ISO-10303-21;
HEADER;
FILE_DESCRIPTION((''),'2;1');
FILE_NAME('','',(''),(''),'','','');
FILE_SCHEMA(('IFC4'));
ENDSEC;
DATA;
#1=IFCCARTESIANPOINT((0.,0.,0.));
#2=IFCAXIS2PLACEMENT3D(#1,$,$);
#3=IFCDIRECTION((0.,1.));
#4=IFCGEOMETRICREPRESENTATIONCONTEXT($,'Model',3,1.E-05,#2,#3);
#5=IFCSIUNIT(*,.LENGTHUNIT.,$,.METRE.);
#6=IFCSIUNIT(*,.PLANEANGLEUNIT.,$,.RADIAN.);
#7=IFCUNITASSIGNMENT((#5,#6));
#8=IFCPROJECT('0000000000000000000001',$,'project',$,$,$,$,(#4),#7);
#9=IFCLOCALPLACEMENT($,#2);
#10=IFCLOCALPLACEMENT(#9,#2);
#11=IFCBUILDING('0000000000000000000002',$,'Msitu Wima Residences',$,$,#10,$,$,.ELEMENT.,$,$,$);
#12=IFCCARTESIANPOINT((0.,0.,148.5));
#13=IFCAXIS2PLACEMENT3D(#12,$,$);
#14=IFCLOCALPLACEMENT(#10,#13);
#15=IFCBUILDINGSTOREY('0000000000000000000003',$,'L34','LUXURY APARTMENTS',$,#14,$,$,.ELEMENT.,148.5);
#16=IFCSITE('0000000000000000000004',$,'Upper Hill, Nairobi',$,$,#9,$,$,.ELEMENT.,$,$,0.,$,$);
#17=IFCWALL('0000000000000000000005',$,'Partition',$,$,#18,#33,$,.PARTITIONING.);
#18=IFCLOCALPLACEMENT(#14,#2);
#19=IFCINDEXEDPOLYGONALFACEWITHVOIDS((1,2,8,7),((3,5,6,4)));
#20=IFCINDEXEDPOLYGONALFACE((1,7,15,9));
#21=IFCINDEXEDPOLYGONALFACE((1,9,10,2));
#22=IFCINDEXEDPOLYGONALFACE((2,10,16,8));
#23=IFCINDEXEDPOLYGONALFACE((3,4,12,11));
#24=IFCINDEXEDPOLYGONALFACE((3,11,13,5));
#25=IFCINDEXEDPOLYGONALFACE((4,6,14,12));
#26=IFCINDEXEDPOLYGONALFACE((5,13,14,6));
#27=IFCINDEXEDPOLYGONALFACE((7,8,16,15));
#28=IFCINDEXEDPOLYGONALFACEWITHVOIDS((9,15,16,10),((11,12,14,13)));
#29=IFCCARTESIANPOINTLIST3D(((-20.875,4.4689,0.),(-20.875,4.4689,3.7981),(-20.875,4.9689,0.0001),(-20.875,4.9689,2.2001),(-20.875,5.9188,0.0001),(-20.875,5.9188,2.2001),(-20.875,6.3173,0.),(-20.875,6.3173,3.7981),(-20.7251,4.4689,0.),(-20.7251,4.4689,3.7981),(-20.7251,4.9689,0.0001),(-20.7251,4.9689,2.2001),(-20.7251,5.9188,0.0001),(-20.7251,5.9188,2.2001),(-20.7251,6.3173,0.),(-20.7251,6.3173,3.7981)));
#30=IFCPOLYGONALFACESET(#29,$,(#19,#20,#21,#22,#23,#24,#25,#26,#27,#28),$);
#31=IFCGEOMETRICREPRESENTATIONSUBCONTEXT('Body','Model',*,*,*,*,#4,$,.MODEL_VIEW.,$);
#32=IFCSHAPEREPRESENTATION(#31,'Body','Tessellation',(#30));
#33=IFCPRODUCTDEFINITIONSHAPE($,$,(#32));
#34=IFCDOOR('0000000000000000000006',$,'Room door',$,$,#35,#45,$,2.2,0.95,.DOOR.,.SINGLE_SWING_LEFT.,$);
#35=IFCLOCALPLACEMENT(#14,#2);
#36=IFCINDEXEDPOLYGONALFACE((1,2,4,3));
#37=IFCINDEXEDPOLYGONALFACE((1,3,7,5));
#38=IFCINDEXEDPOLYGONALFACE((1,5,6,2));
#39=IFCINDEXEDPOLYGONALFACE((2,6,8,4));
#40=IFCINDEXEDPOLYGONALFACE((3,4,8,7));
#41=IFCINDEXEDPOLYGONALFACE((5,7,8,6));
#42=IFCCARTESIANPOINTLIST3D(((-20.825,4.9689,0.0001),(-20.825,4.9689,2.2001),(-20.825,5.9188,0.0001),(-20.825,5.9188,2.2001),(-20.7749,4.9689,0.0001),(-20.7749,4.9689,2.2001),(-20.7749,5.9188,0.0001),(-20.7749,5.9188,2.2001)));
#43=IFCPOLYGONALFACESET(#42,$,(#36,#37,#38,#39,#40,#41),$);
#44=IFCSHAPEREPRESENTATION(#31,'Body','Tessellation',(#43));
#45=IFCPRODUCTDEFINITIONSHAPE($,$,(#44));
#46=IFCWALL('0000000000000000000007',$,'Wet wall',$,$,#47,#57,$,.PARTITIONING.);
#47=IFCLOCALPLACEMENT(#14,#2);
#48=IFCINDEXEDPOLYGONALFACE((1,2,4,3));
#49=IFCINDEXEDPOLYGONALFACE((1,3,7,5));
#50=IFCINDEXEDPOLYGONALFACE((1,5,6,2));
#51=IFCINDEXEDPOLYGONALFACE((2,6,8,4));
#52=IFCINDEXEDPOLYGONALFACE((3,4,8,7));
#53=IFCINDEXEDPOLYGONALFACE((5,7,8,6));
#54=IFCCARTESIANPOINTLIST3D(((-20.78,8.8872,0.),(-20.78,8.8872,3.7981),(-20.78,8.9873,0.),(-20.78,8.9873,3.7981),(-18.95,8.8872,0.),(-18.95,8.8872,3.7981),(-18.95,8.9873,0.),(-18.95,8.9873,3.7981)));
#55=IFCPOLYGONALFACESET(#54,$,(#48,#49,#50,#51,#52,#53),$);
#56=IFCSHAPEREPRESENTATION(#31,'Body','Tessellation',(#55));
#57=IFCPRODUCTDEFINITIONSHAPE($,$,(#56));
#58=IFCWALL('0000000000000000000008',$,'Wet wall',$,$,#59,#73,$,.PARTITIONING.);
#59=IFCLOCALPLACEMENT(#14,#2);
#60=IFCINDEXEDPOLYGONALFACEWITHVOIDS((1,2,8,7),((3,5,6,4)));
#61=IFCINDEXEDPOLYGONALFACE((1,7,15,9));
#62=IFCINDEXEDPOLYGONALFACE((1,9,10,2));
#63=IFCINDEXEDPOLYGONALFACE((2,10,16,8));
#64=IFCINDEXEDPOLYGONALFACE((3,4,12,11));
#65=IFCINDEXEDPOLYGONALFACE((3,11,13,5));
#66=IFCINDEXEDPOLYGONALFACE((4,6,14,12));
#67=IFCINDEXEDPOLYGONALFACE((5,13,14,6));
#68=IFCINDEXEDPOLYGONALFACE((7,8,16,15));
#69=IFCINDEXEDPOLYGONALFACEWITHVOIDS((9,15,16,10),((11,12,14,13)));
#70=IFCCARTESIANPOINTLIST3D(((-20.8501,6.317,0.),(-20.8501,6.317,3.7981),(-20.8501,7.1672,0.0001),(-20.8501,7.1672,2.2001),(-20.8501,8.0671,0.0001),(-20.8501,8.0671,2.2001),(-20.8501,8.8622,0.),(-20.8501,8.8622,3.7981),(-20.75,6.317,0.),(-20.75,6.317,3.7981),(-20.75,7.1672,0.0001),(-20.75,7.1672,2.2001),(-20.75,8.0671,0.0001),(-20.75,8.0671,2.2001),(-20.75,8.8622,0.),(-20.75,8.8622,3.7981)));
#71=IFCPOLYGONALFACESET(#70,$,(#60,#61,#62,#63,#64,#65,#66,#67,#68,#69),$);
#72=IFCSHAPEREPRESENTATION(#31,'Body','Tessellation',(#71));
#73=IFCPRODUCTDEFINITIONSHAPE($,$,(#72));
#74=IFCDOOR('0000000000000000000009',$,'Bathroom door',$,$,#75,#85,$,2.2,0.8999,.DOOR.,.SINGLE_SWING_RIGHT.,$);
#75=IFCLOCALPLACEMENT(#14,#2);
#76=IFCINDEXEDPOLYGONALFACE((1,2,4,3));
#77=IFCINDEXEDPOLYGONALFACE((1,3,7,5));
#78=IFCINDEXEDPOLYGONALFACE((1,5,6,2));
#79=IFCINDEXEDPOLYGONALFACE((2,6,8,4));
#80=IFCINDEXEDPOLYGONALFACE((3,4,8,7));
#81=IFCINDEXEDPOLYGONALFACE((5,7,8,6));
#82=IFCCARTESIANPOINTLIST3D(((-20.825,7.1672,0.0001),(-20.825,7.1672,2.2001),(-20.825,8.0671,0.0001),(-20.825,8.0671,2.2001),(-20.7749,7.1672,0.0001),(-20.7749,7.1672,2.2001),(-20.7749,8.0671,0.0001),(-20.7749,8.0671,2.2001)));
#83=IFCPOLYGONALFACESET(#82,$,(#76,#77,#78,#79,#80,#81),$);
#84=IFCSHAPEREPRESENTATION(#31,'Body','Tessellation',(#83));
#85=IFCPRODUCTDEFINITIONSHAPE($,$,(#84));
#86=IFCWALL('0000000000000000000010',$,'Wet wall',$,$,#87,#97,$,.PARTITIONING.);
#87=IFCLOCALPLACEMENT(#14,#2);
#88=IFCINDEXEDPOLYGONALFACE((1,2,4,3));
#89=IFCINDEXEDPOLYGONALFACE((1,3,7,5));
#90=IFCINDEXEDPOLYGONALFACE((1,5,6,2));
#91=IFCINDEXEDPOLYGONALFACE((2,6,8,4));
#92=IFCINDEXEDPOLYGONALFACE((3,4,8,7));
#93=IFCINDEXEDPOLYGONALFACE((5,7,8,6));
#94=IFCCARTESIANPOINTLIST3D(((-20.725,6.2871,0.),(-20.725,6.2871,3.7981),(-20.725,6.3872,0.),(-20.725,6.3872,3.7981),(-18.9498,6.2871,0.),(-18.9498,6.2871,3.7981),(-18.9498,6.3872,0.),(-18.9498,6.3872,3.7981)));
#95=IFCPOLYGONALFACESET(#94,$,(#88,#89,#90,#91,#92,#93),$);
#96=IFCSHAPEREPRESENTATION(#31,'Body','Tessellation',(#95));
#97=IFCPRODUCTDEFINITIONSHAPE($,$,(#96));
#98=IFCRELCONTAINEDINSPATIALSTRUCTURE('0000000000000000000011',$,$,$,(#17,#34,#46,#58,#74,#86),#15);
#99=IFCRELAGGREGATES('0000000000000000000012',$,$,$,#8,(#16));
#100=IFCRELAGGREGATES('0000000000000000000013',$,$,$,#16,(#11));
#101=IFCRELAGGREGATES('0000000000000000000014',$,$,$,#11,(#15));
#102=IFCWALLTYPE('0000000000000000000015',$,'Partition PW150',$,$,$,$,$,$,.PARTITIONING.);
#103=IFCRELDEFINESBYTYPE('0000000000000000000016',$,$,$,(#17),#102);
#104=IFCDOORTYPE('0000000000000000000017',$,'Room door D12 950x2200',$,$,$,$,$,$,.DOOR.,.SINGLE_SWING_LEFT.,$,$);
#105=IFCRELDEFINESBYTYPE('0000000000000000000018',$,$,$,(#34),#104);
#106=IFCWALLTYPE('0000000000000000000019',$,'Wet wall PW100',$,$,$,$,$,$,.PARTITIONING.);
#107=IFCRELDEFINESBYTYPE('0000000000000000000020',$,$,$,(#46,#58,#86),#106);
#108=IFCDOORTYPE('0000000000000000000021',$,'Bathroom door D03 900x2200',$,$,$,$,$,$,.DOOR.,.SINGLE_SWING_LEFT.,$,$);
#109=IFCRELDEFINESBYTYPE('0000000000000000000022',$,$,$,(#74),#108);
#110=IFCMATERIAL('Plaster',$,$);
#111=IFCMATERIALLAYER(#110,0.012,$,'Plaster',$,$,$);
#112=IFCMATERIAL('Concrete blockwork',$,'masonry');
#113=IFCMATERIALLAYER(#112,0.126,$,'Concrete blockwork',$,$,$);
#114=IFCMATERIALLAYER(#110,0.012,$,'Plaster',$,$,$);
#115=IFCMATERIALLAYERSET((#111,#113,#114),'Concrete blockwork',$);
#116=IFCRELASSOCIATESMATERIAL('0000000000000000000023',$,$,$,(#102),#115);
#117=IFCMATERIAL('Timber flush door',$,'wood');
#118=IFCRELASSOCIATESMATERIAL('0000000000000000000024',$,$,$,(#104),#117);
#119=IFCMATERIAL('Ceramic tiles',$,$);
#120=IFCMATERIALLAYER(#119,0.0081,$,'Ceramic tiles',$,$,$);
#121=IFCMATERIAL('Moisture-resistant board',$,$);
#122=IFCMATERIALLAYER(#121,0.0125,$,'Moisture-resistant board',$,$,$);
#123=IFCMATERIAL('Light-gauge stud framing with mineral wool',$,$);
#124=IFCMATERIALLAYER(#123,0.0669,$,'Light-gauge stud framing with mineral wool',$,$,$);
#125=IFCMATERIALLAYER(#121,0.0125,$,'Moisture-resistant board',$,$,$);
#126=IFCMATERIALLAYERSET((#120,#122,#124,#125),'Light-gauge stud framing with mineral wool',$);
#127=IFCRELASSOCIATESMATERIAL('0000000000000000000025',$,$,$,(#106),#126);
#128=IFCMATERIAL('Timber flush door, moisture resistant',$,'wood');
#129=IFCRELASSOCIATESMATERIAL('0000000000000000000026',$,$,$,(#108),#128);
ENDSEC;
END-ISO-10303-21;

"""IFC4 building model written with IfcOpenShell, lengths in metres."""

from ifc_helpers import new_model, si_unit, direction, frame, frame_2d, origin, place, context, subcontext, project, spatial, rectangle, extrude, material, layer, layer_set, type_object, element, fill, save


model = new_model("IFC4")

# Units and contexts
model_context = context("Model", 3, precision=1e-05, world=origin(), true_north=direction((0.0, 1.0)))
body_context = subcontext(model_context, "Body", "Model", "MODEL_VIEW")
ifc_project = project(units=[si_unit("LENGTHUNIT", "METRE"), si_unit("PLANEANGLEUNIT", "RADIAN")], contexts=[model_context])

# Site, building, storey
site_placement = place(None, origin())
site = spatial("IfcSite", under=ifc_project, at=site_placement, Name="Upper Hill, Nairobi", CompositionType="ELEMENT", RefElevation=0.0)
building_placement = place(site_placement, origin())
building = spatial("IfcBuilding", under=site, at=building_placement, Name="Msitu Wima Residences", CompositionType="ELEMENT")
storey_placement = place(building_placement, frame((0.0, 0.0, 148.5)))
storey = spatial("IfcBuildingStorey", under=building, at=storey_placement, Name="L34", Description="LUXURY APARTMENTS", CompositionType="ELEMENT", Elevation=148.5)

# Shared definitions
ifc_material_1 = material(Name="Plaster")
ifc_layer_1 = layer(ifc_material_1, 0.012, Name="Plaster")
ifc_material_2 = material(Name="Concrete blockwork", Category="masonry")
ifc_layer_2 = layer(ifc_material_2, 0.126, Name="Concrete blockwork")
ifc_layer_3 = layer(ifc_material_1, 0.012, Name="Plaster")
ifc_layer_set_1 = layer_set([ifc_layer_1, ifc_layer_2, ifc_layer_3], Name="Concrete blockwork")
wall_type_1 = type_object("IfcWallType", Name="Partition PW150", PredefinedType="PARTITIONING", material=ifc_layer_set_1)

# Shared definitions
ifc_material_3 = material(Name="Timber flush door", Category="wood")
door_type_1 = type_object("IfcDoorType", Name="Room door D12 950x2200", OperationType="SINGLE_SWING_LEFT", PredefinedType="DOOR", material=ifc_material_3)

# Wall, opening, door
wall_1_placement = place(storey_placement, frame((-20.8, 4.4688, 0.0), z_axis=(0.0, 0.0, 1.0), x_axis=(0.0, 1.0, 0.0)))
wall_1 = element("IfcWall", 1, at=wall_1_placement, inside=storey, type_object=wall_type_1, Name="Partition", PredefinedType="PARTITIONING", context=body_context, shape_type="SweptSolid", body=[
    extrude(rectangle(XDim=1.8484, YDim=0.1499, at=frame_2d((0.9243, 0.0))), origin(), (0.0, 0.0, 1.0), 3.7981),
])
opening_1_placement = place(wall_1_placement, frame((0.5, 0.0, 0.0)))
opening_1 = element("IfcOpeningElement", 2, at=opening_1_placement, cuts=wall_1, PredefinedType="OPENING", context=body_context, shape_type="SweptSolid", body=[
    extrude(rectangle(XDim=0.95, YDim=2.2, at=frame_2d((0.4751, 1.1001))), frame((0.0, 0.085, 0.0), z_axis=(0.0, -1.0, 0.0), x_axis=(1.0, 0.0, 0.0)), (0.0, 0.0, 1.0), 0.1699),
])
door_1_placement = place(opening_1_placement, origin())
door_1 = element("IfcDoor", 3, at=door_1_placement, inside=storey, type_object=door_type_1, Name="Room door", OperationType="SINGLE_SWING_LEFT", OverallHeight=2.2, OverallWidth=0.95, PredefinedType="DOOR", context=body_context, shape_type="SweptSolid", body=[
    extrude(rectangle(XDim=0.95, YDim=2.2, at=frame_2d((0.4751, 1.1001))), frame((0.0, 0.0249, 0.0), z_axis=(0.0, -1.0, 0.0), x_axis=(1.0, 0.0, 0.0)), (0.0, 0.0, 1.0), 0.05),
])
fill(opening_1, door_1)

# Wall
ifc_material_4 = material(Name="Ceramic tiles")
ifc_layer_4 = layer(ifc_material_4, 0.0081, Name="Ceramic tiles")
ifc_material_5 = material(Name="Moisture-resistant board")
ifc_layer_5 = layer(ifc_material_5, 0.0125, Name="Moisture-resistant board")
ifc_material_6 = material(Name="Light-gauge stud framing with mineral wool")
ifc_layer_6 = layer(ifc_material_6, 0.0669, Name="Light-gauge stud framing with mineral wool")
ifc_layer_7 = layer(ifc_material_5, 0.0125, Name="Moisture-resistant board")
ifc_layer_set_2 = layer_set([ifc_layer_4, ifc_layer_5, ifc_layer_6, ifc_layer_7], Name="Light-gauge stud framing with mineral wool")
wall_type_2 = type_object("IfcWallType", Name="Wet wall PW100", PredefinedType="PARTITIONING", material=ifc_layer_set_2)
wall_2_placement = place(storey_placement, frame((-20.78, 8.9373, 0.0), z_axis=(0.0, 0.0, 1.0), x_axis=(1.0, 0.0, 0.0)))
element("IfcWall", 4, at=wall_2_placement, inside=storey, type_object=wall_type_2, Name="Wet wall", PredefinedType="PARTITIONING", context=body_context, shape_type="SweptSolid", body=[
    extrude(rectangle(XDim=1.8301, YDim=0.1001, at=frame_2d((0.915, 0.0))), origin(), (0.0, 0.0, 1.0), 3.7981),
])

# Wall, opening, door
wall_3_placement = place(storey_placement, frame((-20.8, 6.3171, 0.0), z_axis=(0.0, 0.0, 1.0), x_axis=(0.0, 1.0, 0.0)))
wall_3 = element("IfcWall", 5, at=wall_3_placement, inside=storey, type_object=wall_type_2, Name="Wet wall", PredefinedType="PARTITIONING", context=body_context, shape_type="SweptSolid", body=[
    extrude(rectangle(XDim=2.5452, YDim=0.1001, at=frame_2d((1.2725, 0.0))), origin(), (0.0, 0.0, 1.0), 3.7981),
])
opening_2_placement = place(wall_3_placement, frame((0.8501, 0.0, 0.0)))
opening_2 = element("IfcOpeningElement", 6, at=opening_2_placement, cuts=wall_3, PredefinedType="OPENING", context=body_context, shape_type="SweptSolid", body=[
    extrude(rectangle(XDim=0.8999, YDim=2.2, at=frame_2d((0.45, 1.1001))), frame((0.0, 0.0601, 0.0), z_axis=(0.0, -1.0, 0.0), x_axis=(1.0, 0.0, 0.0)), (0.0, 0.0, 1.0), 0.1201),
])
ifc_material_7 = material(Name="Timber flush door, moisture resistant", Category="wood")
door_type_2 = type_object("IfcDoorType", Name="Bathroom door D03 900x2200", OperationType="SINGLE_SWING_LEFT", PredefinedType="DOOR", material=ifc_material_7)
door_2_placement = place(opening_2_placement, origin())
door_2 = element("IfcDoor", 7, at=door_2_placement, inside=storey, type_object=door_type_2, Name="Bathroom door", OperationType="SINGLE_SWING_RIGHT", OverallHeight=2.2, OverallWidth=0.8999, PredefinedType="DOOR", context=body_context, shape_type="SweptSolid", body=[
    extrude(rectangle(XDim=0.8999, YDim=2.2, at=frame_2d((0.45, 1.1001))), frame((0.0, 0.0249, 0.0), z_axis=(0.0, -1.0, 0.0), x_axis=(1.0, 0.0, 0.0)), (0.0, 0.0, 1.0), 0.05),
])
fill(opening_2, door_2)

# Wall
wall_4_placement = place(storey_placement, frame((-20.7251, 6.3372, 0.0), z_axis=(0.0, 0.0, 1.0), x_axis=(1.0, 0.0, 0.0)))
element("IfcWall", 8, at=wall_4_placement, inside=storey, type_object=wall_type_2, Name="Wet wall", PredefinedType="PARTITIONING", context=body_context, shape_type="SweptSolid", body=[
    extrude(rectangle(XDim=1.7751, YDim=0.1001, at=frame_2d((0.8877, 0.0))), origin(), (0.0, 0.0, 1.0), 3.7981),
])

save(model, "model.ifc")
